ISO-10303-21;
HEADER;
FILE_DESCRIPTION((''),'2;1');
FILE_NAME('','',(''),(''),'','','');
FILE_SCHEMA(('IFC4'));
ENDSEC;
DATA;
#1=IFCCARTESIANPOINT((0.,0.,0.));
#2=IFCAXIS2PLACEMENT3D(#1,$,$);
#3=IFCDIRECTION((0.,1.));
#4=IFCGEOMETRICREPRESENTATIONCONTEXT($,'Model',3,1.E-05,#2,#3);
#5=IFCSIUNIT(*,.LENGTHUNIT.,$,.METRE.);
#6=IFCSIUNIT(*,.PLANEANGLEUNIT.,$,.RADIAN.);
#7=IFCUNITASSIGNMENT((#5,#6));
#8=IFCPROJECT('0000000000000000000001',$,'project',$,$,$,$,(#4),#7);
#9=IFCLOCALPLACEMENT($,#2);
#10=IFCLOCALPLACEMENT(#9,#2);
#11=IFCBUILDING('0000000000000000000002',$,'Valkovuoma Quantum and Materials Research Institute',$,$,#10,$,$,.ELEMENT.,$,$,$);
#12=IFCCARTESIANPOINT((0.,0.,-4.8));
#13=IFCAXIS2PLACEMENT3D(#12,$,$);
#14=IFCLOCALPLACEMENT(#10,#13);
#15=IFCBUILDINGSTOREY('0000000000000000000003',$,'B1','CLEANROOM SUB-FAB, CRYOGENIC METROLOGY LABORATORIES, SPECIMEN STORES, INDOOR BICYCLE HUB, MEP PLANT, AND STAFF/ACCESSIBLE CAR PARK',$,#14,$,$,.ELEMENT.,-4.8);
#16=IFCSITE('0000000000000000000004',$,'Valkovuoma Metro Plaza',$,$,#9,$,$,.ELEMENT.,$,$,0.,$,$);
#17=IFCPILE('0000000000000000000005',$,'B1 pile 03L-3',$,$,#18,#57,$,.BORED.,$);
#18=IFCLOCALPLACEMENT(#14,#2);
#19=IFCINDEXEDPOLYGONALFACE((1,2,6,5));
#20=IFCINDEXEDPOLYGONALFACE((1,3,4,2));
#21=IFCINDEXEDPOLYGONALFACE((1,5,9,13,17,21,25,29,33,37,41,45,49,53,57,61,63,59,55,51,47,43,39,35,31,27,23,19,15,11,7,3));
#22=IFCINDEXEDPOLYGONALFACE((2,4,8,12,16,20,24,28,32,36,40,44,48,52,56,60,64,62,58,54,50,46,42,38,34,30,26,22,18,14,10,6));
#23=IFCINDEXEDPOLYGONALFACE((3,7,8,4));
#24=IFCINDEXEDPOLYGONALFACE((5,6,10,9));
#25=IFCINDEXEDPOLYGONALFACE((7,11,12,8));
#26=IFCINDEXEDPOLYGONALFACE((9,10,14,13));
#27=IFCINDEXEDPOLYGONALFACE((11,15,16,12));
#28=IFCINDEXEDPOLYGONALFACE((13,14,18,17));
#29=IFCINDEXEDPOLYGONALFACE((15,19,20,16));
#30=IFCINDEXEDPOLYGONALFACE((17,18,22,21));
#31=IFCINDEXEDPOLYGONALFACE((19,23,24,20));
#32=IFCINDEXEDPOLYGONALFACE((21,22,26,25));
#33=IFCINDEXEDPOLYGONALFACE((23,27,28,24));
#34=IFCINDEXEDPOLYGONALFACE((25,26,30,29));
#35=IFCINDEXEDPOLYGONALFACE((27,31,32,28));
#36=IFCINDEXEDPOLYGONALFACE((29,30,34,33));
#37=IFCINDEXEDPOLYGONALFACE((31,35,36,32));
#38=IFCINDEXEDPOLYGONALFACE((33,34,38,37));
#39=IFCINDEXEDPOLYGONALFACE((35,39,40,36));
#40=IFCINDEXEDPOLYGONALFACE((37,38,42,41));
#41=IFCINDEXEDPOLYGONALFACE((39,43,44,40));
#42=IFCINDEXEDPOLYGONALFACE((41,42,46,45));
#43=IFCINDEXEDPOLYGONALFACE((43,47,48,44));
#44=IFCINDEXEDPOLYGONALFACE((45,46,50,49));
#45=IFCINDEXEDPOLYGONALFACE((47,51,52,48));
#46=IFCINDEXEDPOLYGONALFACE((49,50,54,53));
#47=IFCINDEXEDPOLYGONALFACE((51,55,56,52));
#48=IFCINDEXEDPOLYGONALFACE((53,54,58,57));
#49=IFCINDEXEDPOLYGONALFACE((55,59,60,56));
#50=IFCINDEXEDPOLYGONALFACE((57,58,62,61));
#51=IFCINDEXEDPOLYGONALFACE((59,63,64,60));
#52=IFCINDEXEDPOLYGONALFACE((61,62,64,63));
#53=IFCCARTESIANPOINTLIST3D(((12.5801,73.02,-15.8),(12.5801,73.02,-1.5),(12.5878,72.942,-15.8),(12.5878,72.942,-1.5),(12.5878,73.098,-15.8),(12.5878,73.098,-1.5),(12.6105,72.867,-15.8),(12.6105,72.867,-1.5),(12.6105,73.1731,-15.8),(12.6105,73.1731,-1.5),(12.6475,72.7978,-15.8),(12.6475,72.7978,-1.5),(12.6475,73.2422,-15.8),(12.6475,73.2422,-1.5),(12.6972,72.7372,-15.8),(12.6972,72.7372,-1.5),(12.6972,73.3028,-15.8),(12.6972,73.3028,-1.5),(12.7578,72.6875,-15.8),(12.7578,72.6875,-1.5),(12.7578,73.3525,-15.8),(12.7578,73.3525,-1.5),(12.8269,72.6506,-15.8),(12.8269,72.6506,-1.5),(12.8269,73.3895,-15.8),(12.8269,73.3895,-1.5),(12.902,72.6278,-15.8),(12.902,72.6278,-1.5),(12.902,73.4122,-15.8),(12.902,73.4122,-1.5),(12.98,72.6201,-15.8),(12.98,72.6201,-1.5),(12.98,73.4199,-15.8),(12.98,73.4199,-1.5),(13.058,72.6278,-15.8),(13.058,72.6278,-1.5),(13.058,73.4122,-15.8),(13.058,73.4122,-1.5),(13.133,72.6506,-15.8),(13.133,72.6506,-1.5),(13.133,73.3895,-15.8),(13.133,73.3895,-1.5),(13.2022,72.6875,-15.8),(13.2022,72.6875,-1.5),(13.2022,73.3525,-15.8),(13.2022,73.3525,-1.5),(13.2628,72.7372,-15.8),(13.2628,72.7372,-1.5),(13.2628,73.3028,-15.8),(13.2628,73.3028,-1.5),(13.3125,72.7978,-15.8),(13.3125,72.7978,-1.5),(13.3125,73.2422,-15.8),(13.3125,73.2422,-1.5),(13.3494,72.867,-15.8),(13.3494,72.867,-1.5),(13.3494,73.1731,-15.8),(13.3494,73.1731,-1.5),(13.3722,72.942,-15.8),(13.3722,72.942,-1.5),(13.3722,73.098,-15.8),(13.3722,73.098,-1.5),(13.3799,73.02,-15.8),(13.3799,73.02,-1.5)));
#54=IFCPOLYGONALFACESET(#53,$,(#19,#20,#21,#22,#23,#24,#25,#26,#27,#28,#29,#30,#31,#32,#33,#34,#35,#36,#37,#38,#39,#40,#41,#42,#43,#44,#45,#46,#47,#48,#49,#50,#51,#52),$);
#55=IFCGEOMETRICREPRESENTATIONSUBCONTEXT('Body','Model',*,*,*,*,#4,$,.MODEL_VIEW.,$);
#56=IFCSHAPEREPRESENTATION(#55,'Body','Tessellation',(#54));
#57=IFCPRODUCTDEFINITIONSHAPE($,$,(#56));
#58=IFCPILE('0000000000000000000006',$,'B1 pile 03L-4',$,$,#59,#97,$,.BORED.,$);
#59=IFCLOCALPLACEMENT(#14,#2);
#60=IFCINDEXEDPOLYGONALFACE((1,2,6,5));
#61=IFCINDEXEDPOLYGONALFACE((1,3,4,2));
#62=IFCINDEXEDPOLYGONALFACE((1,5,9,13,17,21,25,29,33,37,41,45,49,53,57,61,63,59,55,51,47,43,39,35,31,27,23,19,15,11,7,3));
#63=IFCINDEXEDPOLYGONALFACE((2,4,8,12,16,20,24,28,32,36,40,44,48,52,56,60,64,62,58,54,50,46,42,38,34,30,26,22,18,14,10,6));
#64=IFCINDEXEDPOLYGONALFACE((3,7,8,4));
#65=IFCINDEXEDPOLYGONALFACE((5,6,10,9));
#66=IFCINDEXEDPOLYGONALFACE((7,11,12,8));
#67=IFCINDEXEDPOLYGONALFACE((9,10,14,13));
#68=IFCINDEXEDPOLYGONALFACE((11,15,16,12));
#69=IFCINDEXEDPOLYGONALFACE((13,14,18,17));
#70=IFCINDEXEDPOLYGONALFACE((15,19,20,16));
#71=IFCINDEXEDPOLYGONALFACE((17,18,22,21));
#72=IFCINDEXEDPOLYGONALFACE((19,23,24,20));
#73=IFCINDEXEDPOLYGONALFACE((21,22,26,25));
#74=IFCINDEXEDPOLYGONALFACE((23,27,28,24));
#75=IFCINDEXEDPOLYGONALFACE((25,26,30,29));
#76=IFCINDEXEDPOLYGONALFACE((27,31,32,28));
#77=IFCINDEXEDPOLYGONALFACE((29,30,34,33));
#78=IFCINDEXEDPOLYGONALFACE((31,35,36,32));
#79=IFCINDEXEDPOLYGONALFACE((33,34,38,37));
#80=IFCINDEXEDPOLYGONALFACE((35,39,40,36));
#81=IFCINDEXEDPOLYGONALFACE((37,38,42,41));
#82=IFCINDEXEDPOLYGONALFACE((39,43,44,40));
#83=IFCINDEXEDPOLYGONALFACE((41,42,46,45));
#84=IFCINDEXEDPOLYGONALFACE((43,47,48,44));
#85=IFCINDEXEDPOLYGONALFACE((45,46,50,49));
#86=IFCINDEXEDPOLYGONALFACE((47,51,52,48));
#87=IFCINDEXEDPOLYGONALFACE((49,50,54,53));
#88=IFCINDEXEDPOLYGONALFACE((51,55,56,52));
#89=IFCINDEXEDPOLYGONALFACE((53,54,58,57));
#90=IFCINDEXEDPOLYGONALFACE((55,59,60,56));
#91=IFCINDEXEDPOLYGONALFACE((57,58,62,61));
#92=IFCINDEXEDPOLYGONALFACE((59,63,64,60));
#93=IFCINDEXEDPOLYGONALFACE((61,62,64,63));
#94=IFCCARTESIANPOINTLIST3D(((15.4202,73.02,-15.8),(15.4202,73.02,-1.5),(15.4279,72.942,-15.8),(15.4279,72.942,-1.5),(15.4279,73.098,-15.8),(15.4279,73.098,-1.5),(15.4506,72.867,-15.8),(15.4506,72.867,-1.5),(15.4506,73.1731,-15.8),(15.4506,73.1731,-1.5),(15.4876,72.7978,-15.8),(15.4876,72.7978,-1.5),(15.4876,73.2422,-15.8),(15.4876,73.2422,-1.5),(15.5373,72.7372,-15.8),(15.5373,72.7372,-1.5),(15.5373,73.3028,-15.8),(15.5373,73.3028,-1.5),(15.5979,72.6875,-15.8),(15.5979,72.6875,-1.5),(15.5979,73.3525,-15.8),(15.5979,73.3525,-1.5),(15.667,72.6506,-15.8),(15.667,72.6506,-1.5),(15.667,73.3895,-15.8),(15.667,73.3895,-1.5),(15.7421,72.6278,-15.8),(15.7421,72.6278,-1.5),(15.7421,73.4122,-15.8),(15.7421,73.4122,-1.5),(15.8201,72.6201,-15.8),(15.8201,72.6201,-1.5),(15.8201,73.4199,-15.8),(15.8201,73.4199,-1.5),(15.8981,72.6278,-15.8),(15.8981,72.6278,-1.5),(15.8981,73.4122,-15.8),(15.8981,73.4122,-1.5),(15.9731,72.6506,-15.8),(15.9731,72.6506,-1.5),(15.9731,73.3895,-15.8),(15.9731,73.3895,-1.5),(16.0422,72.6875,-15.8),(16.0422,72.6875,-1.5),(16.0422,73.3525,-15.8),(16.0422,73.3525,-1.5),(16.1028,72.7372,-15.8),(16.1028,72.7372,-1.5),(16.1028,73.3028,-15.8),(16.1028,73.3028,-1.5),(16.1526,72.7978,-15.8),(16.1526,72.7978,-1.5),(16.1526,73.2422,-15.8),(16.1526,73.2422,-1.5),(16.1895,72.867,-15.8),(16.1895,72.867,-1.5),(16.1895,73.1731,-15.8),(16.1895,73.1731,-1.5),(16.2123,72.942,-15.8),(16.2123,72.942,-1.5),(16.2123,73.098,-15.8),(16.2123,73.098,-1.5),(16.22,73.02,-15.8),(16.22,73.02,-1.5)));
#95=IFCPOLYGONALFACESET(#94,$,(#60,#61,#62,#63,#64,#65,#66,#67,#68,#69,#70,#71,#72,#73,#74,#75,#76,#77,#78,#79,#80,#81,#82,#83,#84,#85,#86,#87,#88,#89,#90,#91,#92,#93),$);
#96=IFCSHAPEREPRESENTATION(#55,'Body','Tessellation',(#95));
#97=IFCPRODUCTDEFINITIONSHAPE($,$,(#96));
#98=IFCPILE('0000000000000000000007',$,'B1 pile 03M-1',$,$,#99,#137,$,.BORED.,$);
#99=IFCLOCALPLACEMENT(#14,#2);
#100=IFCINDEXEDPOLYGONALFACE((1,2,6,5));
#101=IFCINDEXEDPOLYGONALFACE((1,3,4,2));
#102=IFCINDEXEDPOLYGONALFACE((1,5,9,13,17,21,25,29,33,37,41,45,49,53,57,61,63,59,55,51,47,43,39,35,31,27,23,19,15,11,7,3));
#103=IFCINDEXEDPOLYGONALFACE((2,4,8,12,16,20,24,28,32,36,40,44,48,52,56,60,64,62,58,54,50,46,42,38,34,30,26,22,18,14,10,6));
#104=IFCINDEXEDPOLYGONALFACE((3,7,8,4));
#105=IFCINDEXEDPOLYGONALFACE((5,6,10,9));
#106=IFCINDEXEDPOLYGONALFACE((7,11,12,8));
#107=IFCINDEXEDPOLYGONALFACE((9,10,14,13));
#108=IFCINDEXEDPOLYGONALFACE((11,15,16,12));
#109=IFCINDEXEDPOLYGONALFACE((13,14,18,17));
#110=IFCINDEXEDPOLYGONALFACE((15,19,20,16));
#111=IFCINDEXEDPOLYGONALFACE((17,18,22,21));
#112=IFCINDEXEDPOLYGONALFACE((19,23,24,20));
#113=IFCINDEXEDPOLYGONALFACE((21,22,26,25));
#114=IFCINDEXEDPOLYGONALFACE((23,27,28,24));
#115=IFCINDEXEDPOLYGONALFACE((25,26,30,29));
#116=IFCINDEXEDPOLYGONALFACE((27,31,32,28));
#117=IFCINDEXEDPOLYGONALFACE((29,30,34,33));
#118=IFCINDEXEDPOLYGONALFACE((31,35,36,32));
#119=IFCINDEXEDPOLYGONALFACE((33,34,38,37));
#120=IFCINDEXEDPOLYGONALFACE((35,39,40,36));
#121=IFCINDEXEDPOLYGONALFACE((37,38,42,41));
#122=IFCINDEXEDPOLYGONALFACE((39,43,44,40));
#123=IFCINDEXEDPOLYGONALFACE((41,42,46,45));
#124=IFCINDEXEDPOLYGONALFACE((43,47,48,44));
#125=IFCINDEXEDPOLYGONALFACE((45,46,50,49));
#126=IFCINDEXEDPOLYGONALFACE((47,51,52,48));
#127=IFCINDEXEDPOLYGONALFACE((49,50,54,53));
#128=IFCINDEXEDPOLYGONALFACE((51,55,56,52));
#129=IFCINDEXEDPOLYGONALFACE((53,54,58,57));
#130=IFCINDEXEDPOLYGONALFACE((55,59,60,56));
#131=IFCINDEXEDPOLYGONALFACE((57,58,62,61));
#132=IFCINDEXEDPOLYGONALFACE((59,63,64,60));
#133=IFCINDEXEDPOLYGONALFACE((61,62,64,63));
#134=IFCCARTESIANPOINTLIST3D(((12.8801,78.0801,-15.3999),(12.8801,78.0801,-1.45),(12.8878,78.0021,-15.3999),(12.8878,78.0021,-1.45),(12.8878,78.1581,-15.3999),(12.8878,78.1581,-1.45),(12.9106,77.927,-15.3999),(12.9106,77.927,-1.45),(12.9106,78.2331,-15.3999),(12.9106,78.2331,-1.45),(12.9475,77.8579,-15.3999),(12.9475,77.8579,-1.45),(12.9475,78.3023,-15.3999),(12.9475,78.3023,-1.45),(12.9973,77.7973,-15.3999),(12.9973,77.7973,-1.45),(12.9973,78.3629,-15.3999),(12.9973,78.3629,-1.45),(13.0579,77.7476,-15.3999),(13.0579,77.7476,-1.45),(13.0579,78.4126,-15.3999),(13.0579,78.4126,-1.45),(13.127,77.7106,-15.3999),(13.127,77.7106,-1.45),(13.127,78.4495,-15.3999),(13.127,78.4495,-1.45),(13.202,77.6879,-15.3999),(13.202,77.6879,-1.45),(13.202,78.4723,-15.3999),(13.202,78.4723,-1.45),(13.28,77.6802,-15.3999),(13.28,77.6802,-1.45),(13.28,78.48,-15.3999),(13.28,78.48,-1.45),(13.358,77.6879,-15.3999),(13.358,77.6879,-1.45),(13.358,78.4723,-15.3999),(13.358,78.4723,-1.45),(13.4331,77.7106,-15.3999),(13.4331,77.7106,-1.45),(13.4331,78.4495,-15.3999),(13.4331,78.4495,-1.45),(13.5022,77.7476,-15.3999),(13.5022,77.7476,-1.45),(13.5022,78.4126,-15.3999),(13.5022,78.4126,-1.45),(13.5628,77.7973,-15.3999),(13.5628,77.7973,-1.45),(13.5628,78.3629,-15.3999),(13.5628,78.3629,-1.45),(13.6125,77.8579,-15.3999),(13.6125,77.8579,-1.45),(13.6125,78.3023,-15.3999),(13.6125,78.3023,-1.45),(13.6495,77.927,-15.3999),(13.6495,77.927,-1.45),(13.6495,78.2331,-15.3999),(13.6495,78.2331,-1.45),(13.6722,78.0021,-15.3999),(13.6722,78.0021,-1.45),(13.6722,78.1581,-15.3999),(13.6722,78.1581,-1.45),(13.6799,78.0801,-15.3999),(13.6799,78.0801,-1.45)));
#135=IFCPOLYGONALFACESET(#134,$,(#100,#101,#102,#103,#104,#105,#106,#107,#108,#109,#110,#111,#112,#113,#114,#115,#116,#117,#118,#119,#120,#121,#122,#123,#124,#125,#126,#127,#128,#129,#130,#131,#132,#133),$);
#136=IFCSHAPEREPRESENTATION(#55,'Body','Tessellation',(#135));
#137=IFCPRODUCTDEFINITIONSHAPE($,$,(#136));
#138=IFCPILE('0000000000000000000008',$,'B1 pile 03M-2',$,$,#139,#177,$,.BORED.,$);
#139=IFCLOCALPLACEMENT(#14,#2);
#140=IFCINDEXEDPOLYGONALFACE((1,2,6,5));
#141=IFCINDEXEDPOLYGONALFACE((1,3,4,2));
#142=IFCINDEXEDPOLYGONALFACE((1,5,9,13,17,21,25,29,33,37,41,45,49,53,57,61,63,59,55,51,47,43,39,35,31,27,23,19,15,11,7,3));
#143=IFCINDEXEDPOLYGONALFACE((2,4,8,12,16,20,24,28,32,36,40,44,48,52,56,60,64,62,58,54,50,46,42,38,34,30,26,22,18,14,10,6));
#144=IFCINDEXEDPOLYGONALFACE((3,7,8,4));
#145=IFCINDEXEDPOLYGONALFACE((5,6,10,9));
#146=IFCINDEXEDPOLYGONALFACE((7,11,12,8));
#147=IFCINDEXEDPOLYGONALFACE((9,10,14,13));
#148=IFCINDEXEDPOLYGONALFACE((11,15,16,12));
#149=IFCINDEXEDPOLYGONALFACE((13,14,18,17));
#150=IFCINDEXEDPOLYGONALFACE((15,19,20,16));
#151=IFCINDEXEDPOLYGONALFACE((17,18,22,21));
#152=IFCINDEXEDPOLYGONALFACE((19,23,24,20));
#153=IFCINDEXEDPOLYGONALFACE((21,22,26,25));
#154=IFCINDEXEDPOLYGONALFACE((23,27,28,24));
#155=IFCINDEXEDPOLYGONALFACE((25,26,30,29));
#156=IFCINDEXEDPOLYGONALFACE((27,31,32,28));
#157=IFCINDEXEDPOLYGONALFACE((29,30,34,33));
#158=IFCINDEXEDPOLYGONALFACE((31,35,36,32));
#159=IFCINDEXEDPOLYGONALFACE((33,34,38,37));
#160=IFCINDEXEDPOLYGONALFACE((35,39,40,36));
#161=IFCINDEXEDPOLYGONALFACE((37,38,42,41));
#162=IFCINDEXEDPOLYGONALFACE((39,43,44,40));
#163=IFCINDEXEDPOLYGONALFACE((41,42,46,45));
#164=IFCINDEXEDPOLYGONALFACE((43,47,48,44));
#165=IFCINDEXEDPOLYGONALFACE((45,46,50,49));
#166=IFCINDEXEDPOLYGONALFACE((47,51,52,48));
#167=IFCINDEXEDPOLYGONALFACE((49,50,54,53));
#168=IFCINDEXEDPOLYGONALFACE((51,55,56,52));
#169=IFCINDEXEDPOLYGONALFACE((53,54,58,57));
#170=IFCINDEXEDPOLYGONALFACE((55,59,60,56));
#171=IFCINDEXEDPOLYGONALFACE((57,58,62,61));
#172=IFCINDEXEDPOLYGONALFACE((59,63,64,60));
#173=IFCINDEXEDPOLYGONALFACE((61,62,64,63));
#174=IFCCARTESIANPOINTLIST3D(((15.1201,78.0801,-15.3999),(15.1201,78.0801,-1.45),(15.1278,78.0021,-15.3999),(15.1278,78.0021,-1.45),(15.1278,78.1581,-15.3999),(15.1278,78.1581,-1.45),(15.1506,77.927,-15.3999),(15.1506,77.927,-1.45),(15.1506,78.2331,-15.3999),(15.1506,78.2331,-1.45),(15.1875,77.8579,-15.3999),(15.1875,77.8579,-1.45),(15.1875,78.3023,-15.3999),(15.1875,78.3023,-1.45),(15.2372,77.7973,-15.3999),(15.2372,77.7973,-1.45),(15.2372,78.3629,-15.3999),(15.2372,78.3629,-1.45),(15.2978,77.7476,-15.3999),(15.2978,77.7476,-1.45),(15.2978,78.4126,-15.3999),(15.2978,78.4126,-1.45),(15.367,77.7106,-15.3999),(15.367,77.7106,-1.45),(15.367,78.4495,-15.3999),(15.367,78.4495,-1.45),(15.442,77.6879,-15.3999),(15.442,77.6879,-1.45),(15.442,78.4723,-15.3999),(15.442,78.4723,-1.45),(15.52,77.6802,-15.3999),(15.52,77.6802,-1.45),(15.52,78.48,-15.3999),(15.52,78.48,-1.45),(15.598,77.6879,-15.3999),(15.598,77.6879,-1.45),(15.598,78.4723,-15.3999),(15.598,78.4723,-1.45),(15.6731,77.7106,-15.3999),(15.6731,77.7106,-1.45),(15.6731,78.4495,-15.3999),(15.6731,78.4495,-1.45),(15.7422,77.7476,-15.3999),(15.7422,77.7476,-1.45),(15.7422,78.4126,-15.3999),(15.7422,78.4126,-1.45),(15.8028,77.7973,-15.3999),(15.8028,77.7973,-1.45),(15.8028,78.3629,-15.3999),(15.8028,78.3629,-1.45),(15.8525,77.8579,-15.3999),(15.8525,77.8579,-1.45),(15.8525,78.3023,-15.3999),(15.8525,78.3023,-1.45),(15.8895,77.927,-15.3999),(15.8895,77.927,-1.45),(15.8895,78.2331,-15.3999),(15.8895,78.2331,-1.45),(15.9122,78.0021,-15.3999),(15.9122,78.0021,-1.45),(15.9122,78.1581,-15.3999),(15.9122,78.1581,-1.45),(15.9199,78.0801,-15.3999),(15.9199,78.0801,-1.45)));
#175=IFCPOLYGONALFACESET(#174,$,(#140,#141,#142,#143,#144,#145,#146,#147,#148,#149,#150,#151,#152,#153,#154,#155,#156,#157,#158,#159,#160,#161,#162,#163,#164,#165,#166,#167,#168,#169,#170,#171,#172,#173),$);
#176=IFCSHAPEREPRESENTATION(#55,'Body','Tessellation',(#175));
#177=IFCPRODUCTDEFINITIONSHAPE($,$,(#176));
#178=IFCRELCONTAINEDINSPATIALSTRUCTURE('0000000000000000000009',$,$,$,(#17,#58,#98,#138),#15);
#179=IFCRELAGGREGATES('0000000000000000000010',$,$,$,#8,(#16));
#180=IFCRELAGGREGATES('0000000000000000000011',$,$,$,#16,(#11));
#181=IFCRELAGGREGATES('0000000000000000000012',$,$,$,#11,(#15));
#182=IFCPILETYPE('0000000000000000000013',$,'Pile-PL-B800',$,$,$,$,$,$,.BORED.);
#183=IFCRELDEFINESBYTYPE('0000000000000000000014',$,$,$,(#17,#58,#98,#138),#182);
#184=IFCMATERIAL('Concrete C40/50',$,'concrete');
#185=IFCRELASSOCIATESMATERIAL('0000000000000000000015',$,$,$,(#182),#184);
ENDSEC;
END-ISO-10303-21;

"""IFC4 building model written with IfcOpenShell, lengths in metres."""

from ifc_helpers import new_model, si_unit, direction, frame, origin, origin_2d, place, context, subcontext, project, spatial, circle, extrude, material, material_profile, profile_set, type_object, element, save


model = new_model("IFC4")

# Units and contexts
model_context = context("Model", 3, precision=1e-05, world=origin(), true_north=direction((0.0, 1.0)))
body_context = subcontext(model_context, "Body", "Model", "MODEL_VIEW")
ifc_project = project(units=[si_unit("LENGTHUNIT", "METRE"), si_unit("PLANEANGLEUNIT", "RADIAN")], contexts=[model_context])

# Site, building, storey
site_placement = place(None, origin())
site = spatial("IfcSite", under=ifc_project, at=site_placement, Name="Valkovuoma Metro Plaza", CompositionType="ELEMENT", RefElevation=0.0)
building_placement = place(site_placement, origin())
building = spatial("IfcBuilding", under=site, at=building_placement, Name="Valkovuoma Quantum and Materials Research Institute", CompositionType="ELEMENT")
storey_placement = place(building_placement, frame((0.0, 0.0, -4.8)))
storey = spatial("IfcBuildingStorey", under=building, at=storey_placement, Name="B1", Description="CLEANROOM SUB-FAB, CRYOGENIC METROLOGY LABORATORIES, SPECIMEN STORES, INDOOR BICYCLE HUB, MEP PLANT, AND STAFF/ACCESSIBLE CAR PARK", CompositionType="ELEMENT", Elevation=-4.8)

# Piles
ifc_material_1 = material(Name="Concrete C40/50", Category="concrete")
ifc_material_profile_1 = material_profile(ifc_material_1, circle(Radius=0.3999, at=origin_2d()), Name="Concrete C40/50")
ifc_profile_set_1 = profile_set([ifc_material_profile_1], Name="Concrete C40/50")
pile_type_1 = type_object("IfcPileType", Name="Pile-PL-B800", PredefinedType="BORED", material=ifc_profile_set_1)
for number, where, z_axis, x_axis, name in (
    (1, (12.98, 73.02, -1.5), (0.0, 0.0, -1.0), (1.0, 0.0, 0.0), "B1 pile 03L-3"),
    (2, (15.8201, 73.02, -1.5), (0.0, 0.0, -1.0), (1.0, 0.0, 0.0), "B1 pile 03L-4"),
):
    element("IfcPile", number, at=place(storey_placement, frame(where, z_axis=z_axis, x_axis=x_axis)), inside=storey, type_object=pile_type_1, Name=name, PredefinedType="BORED", context=body_context, shape_type="SweptSolid", body=[
        extrude(circle(Radius=0.3999, at=origin_2d()), origin(), (0.0, 0.0, 1.0), 14.3),
    ])
for number, where, z_axis, x_axis, name in (
    (3, (13.28, 78.0801, -1.45), (0.0, 0.0, -1.0), (1.0, 0.0, 0.0), "B1 pile 03M-1"),
    (4, (15.52, 78.0801, -1.45), (0.0, 0.0, -1.0), (1.0, 0.0, 0.0), "B1 pile 03M-2"),
):
    element("IfcPile", number, at=place(storey_placement, frame(where, z_axis=z_axis, x_axis=x_axis)), inside=storey, type_object=pile_type_1, Name=name, PredefinedType="BORED", context=body_context, shape_type="SweptSolid", body=[
        extrude(circle(Radius=0.3999, at=origin_2d()), origin(), (0.0, 0.0, 1.0), 13.95),
    ])

save(model, "model.ifc")
